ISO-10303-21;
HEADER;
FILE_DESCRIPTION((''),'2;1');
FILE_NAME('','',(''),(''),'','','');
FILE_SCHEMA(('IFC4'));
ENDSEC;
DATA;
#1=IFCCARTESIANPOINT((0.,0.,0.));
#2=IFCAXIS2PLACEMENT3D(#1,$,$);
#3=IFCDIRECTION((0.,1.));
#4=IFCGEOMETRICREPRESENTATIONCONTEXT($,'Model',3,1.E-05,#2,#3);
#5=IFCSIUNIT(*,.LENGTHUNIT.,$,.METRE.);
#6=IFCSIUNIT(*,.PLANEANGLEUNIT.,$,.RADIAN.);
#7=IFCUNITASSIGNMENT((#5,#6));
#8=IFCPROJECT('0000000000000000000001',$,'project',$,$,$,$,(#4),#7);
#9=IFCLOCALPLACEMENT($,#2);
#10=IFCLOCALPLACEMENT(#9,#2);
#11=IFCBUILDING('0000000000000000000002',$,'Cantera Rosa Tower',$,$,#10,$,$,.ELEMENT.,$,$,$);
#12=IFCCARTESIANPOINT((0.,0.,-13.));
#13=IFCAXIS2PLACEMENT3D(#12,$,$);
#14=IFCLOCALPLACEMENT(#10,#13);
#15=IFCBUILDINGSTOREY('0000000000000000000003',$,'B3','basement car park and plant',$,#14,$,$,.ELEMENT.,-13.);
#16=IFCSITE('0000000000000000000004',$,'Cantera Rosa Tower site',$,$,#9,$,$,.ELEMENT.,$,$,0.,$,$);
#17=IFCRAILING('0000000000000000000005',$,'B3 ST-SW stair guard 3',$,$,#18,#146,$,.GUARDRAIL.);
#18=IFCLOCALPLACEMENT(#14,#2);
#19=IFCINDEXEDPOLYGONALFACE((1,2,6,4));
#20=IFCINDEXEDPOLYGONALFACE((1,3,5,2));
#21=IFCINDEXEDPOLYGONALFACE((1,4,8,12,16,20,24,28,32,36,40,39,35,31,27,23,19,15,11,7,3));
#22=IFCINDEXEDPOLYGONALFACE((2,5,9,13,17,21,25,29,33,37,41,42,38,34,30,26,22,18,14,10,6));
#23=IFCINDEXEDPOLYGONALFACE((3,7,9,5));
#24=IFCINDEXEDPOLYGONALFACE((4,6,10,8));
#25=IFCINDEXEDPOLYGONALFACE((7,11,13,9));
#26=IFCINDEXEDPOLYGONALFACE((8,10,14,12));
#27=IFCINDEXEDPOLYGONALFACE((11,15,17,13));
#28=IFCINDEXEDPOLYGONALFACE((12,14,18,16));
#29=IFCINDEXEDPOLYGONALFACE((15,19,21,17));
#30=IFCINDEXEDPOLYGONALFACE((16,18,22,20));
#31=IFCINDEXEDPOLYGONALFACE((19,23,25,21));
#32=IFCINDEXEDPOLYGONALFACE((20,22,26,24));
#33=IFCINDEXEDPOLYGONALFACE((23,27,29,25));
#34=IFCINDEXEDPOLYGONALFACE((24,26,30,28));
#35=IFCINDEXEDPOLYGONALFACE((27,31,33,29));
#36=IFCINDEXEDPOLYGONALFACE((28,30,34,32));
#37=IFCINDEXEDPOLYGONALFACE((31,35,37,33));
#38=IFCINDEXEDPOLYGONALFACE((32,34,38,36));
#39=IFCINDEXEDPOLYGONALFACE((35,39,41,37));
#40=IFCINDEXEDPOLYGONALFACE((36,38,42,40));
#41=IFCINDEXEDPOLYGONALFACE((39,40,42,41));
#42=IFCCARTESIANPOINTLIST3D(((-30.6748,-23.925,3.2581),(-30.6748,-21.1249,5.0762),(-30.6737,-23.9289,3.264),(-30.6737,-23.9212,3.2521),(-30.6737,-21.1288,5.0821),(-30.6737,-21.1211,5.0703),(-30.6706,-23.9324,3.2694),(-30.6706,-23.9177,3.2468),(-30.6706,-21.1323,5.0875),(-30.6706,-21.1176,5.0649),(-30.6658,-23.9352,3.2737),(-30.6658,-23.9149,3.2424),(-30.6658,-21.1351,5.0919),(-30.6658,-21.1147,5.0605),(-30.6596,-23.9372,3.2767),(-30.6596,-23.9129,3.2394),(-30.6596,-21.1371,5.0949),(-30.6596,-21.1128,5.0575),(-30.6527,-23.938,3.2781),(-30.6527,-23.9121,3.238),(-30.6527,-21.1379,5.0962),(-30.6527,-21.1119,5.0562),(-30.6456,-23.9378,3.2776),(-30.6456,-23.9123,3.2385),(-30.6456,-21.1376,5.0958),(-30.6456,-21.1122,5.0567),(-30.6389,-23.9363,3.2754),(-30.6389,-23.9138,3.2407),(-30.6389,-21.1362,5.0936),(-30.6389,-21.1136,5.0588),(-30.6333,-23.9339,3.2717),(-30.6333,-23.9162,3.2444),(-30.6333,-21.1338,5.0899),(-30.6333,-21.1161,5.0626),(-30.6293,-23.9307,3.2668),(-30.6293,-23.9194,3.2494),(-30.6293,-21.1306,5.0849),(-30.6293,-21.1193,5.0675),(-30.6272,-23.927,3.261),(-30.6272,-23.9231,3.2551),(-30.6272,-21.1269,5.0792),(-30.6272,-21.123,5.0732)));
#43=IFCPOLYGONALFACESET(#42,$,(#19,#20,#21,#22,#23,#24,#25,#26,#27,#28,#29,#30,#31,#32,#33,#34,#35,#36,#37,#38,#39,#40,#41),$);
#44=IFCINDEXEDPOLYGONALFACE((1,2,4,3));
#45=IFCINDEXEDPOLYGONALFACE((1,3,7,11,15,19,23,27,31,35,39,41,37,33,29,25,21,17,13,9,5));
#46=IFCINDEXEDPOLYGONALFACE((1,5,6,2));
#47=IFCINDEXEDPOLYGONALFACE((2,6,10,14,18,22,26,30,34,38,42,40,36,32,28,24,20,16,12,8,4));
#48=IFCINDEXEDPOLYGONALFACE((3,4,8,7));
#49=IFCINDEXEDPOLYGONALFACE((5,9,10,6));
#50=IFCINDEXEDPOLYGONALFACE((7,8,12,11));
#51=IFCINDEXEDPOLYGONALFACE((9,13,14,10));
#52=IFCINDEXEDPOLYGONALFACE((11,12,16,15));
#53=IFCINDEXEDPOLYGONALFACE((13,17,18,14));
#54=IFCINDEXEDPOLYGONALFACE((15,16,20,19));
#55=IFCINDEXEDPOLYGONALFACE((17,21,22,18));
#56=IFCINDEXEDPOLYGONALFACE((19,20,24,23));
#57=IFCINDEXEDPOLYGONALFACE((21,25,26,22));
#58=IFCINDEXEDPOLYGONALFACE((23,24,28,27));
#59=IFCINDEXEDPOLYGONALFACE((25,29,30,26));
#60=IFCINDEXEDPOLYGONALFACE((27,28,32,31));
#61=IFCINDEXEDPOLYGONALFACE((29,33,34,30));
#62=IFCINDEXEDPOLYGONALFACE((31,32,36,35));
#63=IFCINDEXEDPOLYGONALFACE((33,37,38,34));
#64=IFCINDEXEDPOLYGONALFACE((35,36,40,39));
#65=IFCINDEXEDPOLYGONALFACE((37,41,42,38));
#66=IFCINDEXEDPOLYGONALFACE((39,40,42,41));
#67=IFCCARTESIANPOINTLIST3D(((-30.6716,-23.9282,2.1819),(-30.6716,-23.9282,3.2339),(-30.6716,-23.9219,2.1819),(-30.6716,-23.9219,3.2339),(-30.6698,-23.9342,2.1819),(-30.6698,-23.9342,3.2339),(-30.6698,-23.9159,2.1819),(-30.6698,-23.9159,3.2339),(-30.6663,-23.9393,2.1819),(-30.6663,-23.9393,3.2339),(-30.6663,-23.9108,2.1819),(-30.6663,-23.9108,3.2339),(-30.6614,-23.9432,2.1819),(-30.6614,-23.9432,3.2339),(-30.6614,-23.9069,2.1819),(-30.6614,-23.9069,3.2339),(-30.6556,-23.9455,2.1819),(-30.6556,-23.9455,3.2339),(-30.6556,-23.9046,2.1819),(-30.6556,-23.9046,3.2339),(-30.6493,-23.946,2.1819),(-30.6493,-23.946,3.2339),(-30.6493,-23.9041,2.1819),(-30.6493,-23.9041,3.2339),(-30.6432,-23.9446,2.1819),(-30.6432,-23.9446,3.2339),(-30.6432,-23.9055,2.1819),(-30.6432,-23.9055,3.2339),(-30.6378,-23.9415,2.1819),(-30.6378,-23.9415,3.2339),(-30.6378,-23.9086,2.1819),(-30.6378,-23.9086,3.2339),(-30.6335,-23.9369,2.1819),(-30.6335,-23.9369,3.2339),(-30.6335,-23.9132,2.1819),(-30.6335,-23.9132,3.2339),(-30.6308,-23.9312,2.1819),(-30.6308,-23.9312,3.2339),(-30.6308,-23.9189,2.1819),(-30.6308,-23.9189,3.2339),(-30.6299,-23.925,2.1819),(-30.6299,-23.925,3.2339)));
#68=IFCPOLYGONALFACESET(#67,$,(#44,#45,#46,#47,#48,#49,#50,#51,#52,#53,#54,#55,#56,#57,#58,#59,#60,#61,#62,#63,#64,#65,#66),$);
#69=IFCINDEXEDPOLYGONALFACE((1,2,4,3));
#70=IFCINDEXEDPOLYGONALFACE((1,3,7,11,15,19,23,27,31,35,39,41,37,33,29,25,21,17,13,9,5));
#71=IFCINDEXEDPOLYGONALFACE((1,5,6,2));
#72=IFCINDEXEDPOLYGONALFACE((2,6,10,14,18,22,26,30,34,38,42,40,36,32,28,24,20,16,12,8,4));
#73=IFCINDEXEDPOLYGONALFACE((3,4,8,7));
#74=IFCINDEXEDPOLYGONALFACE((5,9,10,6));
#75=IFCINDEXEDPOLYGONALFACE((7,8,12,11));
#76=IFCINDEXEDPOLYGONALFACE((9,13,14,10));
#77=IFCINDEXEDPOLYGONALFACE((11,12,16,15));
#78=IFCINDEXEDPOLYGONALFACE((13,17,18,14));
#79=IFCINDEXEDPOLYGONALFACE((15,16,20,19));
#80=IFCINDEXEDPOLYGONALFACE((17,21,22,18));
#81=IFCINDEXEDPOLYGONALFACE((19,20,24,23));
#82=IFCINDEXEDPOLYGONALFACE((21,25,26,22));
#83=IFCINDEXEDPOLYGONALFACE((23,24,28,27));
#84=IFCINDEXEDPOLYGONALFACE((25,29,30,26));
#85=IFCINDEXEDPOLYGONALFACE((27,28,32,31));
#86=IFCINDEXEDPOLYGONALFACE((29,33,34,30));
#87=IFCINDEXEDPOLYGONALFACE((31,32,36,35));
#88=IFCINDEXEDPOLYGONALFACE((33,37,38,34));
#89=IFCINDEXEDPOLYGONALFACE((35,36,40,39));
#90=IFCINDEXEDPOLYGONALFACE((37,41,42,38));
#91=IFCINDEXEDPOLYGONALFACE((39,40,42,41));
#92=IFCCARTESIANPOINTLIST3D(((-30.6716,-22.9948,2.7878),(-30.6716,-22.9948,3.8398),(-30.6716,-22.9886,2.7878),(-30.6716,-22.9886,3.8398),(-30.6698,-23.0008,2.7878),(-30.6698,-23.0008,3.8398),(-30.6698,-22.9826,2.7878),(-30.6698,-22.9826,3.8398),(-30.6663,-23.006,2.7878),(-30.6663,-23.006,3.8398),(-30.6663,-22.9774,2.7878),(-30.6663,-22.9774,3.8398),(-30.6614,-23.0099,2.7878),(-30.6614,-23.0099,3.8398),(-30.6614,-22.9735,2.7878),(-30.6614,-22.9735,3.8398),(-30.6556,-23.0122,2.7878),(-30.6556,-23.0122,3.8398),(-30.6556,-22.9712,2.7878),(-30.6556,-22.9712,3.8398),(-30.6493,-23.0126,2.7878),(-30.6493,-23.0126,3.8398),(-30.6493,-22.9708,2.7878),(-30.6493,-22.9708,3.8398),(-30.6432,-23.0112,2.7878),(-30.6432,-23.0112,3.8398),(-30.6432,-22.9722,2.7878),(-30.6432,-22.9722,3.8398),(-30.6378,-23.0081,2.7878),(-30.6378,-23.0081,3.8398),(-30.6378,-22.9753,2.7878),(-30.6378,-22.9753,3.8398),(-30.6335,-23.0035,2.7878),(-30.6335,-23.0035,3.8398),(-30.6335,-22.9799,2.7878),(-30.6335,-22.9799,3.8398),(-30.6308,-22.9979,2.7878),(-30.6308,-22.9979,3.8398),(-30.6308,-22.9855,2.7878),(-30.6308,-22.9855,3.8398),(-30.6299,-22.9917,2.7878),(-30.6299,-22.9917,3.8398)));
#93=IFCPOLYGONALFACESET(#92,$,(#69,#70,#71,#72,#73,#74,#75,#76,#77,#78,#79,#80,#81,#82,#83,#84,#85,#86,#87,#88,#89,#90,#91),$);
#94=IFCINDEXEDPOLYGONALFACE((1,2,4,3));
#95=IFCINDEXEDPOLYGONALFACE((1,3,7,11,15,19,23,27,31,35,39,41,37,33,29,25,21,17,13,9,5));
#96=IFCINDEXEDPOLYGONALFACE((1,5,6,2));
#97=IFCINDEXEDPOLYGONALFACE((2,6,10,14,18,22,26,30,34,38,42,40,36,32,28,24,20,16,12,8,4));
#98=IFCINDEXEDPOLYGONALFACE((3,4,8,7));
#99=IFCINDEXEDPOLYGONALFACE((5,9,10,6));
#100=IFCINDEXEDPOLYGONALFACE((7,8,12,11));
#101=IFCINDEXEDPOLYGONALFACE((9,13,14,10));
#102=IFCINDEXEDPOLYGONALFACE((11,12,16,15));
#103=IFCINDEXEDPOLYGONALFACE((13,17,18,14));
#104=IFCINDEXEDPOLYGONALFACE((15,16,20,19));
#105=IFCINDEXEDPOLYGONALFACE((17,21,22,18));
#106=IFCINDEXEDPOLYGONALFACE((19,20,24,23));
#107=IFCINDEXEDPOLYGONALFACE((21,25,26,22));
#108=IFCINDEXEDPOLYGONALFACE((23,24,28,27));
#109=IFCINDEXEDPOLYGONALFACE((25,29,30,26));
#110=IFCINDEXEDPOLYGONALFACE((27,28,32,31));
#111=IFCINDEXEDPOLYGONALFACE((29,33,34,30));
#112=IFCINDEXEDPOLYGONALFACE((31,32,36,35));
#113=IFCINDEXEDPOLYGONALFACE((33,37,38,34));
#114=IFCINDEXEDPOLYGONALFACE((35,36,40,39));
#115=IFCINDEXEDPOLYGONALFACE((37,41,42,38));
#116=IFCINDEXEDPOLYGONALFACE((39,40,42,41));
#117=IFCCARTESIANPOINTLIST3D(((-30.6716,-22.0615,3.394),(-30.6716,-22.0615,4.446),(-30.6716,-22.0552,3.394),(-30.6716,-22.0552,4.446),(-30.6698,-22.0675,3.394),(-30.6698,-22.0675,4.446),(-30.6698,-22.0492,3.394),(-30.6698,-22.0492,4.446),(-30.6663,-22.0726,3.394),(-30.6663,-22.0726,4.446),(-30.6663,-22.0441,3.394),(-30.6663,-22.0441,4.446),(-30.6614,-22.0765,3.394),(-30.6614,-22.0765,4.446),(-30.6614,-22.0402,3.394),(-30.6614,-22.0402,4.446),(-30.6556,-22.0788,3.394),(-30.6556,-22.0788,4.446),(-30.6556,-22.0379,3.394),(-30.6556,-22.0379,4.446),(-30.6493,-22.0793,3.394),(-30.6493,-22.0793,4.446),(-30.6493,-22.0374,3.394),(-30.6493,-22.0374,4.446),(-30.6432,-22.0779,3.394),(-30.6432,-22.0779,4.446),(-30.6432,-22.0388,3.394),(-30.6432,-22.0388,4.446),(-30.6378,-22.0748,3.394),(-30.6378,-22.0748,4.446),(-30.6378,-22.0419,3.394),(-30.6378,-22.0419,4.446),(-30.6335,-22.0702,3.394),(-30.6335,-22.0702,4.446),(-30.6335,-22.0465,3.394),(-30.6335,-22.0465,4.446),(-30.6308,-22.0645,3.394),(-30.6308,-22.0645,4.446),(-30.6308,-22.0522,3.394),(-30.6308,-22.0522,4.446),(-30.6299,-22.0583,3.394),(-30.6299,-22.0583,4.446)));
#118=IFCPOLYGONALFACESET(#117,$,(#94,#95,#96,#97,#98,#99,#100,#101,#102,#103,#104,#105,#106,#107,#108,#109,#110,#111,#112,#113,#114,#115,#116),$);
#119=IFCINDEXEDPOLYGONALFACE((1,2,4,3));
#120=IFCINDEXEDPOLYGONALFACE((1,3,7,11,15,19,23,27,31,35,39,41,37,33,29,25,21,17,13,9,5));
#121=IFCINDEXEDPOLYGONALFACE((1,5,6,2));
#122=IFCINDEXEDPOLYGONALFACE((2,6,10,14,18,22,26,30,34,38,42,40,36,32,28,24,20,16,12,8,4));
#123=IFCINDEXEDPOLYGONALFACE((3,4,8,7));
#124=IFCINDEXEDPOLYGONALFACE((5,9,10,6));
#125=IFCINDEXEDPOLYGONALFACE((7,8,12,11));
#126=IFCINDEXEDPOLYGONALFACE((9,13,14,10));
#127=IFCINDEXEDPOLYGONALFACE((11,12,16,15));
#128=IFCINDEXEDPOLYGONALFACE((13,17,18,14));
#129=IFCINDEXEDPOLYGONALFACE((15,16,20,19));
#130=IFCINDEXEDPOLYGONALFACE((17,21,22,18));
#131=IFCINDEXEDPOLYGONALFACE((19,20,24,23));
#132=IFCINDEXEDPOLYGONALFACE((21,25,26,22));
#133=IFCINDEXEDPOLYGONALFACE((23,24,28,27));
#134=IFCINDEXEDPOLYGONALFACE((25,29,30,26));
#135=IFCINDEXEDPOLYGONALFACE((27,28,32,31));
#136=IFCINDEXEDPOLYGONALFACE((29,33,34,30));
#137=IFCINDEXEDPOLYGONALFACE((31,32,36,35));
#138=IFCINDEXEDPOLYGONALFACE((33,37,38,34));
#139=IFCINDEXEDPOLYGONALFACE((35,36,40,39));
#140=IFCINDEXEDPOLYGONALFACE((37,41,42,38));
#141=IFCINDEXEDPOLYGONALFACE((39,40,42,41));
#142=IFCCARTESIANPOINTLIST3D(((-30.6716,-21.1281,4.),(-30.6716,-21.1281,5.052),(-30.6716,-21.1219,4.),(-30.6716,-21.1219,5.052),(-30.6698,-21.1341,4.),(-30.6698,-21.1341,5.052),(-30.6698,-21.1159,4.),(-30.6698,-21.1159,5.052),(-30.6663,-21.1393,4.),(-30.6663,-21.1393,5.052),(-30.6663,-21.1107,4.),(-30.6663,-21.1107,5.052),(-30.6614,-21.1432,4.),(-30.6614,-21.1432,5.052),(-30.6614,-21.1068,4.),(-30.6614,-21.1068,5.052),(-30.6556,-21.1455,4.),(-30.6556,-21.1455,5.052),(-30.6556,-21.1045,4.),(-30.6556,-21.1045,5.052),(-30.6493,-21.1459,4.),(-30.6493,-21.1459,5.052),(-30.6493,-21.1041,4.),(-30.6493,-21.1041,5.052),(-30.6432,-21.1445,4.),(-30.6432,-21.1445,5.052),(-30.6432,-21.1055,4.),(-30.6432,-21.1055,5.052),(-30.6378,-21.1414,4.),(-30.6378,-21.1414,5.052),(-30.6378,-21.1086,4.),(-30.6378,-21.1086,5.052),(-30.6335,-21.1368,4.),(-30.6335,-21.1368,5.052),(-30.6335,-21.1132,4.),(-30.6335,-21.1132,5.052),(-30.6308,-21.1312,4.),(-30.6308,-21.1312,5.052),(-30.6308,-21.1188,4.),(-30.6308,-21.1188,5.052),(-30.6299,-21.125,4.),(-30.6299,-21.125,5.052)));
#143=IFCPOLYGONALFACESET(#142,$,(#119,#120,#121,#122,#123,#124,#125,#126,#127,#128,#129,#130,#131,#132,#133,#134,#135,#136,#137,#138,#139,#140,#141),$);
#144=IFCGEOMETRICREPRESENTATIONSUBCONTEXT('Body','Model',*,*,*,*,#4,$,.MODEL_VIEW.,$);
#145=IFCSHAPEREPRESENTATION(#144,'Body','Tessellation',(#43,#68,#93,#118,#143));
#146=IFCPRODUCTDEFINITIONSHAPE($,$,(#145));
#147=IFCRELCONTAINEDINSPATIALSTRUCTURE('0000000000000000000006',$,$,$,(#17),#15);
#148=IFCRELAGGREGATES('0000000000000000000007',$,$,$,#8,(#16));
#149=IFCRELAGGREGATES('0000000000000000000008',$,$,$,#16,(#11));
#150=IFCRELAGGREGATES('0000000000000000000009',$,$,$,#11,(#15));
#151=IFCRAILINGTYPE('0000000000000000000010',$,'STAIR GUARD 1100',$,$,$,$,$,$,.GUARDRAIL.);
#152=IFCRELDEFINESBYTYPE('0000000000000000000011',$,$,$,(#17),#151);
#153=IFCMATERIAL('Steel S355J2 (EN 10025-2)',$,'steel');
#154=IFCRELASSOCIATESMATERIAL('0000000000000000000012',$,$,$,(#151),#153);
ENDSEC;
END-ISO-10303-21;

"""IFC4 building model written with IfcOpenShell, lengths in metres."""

from ifc_helpers import new_model, si_unit, direction, frame, origin, origin_2d, place, context, subcontext, project, spatial, circle, extrude, material, type_object, element, save


model = new_model("IFC4")

# Units and contexts
model_context = context("Model", 3, precision=1e-05, world=origin(), true_north=direction((0.0, 1.0)))
body_context = subcontext(model_context, "Body", "Model", "MODEL_VIEW")
ifc_project = project(units=[si_unit("LENGTHUNIT", "METRE"), si_unit("PLANEANGLEUNIT", "RADIAN")], contexts=[model_context])

# Site, building, storey
site_placement = place(None, origin())
site = spatial("IfcSite", under=ifc_project, at=site_placement, Name="Cantera Rosa Tower site", CompositionType="ELEMENT", RefElevation=0.0)
building_placement = place(site_placement, origin())
building = spatial("IfcBuilding", under=site, at=building_placement, Name="Cantera Rosa Tower", CompositionType="ELEMENT")
storey_placement = place(building_placement, frame((0.0, 0.0, -13.0)))
storey = spatial("IfcBuildingStorey", under=building, at=storey_placement, Name="B3", Description="basement car park and plant", CompositionType="ELEMENT", Elevation=-13.0)

# Railing
ifc_material_1 = material(Name="Steel S355J2 (EN 10025-2)", Category="steel")
railing_type_1 = type_object("IfcRailingType", Name="STAIR GUARD 1100", PredefinedType="GUARDRAIL", material=ifc_material_1)
railing_1_placement = place(storey_placement, frame((-30.6509, -23.925, 2.1819)))
element("IfcRailing", 1, at=railing_1_placement, inside=storey, type_object=railing_type_1, Name="B3 ST-SW stair guard 3", PredefinedType="GUARDRAIL", context=body_context, shape_type="SweptSolid", body=[
    extrude(circle(Radius=0.0239, at=origin_2d()), frame((0.0, 0.0, 1.0762), z_axis=(0.0, 0.838706, 0.544585), x_axis=(-1.0, 0.0, 0.0)), (0.0, 0.0, 1.0), 3.3386),
    extrude(circle(Radius=0.021, at=origin_2d()), origin(), (0.0, 0.0, 1.0), 1.052),
    extrude(circle(Radius=0.021, at=origin_2d()), frame((0.0, 0.9333, 0.606)), (0.0, 0.0, 1.0), 1.052),
    extrude(circle(Radius=0.021, at=origin_2d()), frame((0.0, 1.8667, 1.2122)), (0.0, 0.0, 1.0), 1.052),
    extrude(circle(Radius=0.021, at=origin_2d()), frame((0.0, 2.8, 1.8181)), (0.0, 0.0, 1.0), 1.052),
])

save(model, "model.ifc")
